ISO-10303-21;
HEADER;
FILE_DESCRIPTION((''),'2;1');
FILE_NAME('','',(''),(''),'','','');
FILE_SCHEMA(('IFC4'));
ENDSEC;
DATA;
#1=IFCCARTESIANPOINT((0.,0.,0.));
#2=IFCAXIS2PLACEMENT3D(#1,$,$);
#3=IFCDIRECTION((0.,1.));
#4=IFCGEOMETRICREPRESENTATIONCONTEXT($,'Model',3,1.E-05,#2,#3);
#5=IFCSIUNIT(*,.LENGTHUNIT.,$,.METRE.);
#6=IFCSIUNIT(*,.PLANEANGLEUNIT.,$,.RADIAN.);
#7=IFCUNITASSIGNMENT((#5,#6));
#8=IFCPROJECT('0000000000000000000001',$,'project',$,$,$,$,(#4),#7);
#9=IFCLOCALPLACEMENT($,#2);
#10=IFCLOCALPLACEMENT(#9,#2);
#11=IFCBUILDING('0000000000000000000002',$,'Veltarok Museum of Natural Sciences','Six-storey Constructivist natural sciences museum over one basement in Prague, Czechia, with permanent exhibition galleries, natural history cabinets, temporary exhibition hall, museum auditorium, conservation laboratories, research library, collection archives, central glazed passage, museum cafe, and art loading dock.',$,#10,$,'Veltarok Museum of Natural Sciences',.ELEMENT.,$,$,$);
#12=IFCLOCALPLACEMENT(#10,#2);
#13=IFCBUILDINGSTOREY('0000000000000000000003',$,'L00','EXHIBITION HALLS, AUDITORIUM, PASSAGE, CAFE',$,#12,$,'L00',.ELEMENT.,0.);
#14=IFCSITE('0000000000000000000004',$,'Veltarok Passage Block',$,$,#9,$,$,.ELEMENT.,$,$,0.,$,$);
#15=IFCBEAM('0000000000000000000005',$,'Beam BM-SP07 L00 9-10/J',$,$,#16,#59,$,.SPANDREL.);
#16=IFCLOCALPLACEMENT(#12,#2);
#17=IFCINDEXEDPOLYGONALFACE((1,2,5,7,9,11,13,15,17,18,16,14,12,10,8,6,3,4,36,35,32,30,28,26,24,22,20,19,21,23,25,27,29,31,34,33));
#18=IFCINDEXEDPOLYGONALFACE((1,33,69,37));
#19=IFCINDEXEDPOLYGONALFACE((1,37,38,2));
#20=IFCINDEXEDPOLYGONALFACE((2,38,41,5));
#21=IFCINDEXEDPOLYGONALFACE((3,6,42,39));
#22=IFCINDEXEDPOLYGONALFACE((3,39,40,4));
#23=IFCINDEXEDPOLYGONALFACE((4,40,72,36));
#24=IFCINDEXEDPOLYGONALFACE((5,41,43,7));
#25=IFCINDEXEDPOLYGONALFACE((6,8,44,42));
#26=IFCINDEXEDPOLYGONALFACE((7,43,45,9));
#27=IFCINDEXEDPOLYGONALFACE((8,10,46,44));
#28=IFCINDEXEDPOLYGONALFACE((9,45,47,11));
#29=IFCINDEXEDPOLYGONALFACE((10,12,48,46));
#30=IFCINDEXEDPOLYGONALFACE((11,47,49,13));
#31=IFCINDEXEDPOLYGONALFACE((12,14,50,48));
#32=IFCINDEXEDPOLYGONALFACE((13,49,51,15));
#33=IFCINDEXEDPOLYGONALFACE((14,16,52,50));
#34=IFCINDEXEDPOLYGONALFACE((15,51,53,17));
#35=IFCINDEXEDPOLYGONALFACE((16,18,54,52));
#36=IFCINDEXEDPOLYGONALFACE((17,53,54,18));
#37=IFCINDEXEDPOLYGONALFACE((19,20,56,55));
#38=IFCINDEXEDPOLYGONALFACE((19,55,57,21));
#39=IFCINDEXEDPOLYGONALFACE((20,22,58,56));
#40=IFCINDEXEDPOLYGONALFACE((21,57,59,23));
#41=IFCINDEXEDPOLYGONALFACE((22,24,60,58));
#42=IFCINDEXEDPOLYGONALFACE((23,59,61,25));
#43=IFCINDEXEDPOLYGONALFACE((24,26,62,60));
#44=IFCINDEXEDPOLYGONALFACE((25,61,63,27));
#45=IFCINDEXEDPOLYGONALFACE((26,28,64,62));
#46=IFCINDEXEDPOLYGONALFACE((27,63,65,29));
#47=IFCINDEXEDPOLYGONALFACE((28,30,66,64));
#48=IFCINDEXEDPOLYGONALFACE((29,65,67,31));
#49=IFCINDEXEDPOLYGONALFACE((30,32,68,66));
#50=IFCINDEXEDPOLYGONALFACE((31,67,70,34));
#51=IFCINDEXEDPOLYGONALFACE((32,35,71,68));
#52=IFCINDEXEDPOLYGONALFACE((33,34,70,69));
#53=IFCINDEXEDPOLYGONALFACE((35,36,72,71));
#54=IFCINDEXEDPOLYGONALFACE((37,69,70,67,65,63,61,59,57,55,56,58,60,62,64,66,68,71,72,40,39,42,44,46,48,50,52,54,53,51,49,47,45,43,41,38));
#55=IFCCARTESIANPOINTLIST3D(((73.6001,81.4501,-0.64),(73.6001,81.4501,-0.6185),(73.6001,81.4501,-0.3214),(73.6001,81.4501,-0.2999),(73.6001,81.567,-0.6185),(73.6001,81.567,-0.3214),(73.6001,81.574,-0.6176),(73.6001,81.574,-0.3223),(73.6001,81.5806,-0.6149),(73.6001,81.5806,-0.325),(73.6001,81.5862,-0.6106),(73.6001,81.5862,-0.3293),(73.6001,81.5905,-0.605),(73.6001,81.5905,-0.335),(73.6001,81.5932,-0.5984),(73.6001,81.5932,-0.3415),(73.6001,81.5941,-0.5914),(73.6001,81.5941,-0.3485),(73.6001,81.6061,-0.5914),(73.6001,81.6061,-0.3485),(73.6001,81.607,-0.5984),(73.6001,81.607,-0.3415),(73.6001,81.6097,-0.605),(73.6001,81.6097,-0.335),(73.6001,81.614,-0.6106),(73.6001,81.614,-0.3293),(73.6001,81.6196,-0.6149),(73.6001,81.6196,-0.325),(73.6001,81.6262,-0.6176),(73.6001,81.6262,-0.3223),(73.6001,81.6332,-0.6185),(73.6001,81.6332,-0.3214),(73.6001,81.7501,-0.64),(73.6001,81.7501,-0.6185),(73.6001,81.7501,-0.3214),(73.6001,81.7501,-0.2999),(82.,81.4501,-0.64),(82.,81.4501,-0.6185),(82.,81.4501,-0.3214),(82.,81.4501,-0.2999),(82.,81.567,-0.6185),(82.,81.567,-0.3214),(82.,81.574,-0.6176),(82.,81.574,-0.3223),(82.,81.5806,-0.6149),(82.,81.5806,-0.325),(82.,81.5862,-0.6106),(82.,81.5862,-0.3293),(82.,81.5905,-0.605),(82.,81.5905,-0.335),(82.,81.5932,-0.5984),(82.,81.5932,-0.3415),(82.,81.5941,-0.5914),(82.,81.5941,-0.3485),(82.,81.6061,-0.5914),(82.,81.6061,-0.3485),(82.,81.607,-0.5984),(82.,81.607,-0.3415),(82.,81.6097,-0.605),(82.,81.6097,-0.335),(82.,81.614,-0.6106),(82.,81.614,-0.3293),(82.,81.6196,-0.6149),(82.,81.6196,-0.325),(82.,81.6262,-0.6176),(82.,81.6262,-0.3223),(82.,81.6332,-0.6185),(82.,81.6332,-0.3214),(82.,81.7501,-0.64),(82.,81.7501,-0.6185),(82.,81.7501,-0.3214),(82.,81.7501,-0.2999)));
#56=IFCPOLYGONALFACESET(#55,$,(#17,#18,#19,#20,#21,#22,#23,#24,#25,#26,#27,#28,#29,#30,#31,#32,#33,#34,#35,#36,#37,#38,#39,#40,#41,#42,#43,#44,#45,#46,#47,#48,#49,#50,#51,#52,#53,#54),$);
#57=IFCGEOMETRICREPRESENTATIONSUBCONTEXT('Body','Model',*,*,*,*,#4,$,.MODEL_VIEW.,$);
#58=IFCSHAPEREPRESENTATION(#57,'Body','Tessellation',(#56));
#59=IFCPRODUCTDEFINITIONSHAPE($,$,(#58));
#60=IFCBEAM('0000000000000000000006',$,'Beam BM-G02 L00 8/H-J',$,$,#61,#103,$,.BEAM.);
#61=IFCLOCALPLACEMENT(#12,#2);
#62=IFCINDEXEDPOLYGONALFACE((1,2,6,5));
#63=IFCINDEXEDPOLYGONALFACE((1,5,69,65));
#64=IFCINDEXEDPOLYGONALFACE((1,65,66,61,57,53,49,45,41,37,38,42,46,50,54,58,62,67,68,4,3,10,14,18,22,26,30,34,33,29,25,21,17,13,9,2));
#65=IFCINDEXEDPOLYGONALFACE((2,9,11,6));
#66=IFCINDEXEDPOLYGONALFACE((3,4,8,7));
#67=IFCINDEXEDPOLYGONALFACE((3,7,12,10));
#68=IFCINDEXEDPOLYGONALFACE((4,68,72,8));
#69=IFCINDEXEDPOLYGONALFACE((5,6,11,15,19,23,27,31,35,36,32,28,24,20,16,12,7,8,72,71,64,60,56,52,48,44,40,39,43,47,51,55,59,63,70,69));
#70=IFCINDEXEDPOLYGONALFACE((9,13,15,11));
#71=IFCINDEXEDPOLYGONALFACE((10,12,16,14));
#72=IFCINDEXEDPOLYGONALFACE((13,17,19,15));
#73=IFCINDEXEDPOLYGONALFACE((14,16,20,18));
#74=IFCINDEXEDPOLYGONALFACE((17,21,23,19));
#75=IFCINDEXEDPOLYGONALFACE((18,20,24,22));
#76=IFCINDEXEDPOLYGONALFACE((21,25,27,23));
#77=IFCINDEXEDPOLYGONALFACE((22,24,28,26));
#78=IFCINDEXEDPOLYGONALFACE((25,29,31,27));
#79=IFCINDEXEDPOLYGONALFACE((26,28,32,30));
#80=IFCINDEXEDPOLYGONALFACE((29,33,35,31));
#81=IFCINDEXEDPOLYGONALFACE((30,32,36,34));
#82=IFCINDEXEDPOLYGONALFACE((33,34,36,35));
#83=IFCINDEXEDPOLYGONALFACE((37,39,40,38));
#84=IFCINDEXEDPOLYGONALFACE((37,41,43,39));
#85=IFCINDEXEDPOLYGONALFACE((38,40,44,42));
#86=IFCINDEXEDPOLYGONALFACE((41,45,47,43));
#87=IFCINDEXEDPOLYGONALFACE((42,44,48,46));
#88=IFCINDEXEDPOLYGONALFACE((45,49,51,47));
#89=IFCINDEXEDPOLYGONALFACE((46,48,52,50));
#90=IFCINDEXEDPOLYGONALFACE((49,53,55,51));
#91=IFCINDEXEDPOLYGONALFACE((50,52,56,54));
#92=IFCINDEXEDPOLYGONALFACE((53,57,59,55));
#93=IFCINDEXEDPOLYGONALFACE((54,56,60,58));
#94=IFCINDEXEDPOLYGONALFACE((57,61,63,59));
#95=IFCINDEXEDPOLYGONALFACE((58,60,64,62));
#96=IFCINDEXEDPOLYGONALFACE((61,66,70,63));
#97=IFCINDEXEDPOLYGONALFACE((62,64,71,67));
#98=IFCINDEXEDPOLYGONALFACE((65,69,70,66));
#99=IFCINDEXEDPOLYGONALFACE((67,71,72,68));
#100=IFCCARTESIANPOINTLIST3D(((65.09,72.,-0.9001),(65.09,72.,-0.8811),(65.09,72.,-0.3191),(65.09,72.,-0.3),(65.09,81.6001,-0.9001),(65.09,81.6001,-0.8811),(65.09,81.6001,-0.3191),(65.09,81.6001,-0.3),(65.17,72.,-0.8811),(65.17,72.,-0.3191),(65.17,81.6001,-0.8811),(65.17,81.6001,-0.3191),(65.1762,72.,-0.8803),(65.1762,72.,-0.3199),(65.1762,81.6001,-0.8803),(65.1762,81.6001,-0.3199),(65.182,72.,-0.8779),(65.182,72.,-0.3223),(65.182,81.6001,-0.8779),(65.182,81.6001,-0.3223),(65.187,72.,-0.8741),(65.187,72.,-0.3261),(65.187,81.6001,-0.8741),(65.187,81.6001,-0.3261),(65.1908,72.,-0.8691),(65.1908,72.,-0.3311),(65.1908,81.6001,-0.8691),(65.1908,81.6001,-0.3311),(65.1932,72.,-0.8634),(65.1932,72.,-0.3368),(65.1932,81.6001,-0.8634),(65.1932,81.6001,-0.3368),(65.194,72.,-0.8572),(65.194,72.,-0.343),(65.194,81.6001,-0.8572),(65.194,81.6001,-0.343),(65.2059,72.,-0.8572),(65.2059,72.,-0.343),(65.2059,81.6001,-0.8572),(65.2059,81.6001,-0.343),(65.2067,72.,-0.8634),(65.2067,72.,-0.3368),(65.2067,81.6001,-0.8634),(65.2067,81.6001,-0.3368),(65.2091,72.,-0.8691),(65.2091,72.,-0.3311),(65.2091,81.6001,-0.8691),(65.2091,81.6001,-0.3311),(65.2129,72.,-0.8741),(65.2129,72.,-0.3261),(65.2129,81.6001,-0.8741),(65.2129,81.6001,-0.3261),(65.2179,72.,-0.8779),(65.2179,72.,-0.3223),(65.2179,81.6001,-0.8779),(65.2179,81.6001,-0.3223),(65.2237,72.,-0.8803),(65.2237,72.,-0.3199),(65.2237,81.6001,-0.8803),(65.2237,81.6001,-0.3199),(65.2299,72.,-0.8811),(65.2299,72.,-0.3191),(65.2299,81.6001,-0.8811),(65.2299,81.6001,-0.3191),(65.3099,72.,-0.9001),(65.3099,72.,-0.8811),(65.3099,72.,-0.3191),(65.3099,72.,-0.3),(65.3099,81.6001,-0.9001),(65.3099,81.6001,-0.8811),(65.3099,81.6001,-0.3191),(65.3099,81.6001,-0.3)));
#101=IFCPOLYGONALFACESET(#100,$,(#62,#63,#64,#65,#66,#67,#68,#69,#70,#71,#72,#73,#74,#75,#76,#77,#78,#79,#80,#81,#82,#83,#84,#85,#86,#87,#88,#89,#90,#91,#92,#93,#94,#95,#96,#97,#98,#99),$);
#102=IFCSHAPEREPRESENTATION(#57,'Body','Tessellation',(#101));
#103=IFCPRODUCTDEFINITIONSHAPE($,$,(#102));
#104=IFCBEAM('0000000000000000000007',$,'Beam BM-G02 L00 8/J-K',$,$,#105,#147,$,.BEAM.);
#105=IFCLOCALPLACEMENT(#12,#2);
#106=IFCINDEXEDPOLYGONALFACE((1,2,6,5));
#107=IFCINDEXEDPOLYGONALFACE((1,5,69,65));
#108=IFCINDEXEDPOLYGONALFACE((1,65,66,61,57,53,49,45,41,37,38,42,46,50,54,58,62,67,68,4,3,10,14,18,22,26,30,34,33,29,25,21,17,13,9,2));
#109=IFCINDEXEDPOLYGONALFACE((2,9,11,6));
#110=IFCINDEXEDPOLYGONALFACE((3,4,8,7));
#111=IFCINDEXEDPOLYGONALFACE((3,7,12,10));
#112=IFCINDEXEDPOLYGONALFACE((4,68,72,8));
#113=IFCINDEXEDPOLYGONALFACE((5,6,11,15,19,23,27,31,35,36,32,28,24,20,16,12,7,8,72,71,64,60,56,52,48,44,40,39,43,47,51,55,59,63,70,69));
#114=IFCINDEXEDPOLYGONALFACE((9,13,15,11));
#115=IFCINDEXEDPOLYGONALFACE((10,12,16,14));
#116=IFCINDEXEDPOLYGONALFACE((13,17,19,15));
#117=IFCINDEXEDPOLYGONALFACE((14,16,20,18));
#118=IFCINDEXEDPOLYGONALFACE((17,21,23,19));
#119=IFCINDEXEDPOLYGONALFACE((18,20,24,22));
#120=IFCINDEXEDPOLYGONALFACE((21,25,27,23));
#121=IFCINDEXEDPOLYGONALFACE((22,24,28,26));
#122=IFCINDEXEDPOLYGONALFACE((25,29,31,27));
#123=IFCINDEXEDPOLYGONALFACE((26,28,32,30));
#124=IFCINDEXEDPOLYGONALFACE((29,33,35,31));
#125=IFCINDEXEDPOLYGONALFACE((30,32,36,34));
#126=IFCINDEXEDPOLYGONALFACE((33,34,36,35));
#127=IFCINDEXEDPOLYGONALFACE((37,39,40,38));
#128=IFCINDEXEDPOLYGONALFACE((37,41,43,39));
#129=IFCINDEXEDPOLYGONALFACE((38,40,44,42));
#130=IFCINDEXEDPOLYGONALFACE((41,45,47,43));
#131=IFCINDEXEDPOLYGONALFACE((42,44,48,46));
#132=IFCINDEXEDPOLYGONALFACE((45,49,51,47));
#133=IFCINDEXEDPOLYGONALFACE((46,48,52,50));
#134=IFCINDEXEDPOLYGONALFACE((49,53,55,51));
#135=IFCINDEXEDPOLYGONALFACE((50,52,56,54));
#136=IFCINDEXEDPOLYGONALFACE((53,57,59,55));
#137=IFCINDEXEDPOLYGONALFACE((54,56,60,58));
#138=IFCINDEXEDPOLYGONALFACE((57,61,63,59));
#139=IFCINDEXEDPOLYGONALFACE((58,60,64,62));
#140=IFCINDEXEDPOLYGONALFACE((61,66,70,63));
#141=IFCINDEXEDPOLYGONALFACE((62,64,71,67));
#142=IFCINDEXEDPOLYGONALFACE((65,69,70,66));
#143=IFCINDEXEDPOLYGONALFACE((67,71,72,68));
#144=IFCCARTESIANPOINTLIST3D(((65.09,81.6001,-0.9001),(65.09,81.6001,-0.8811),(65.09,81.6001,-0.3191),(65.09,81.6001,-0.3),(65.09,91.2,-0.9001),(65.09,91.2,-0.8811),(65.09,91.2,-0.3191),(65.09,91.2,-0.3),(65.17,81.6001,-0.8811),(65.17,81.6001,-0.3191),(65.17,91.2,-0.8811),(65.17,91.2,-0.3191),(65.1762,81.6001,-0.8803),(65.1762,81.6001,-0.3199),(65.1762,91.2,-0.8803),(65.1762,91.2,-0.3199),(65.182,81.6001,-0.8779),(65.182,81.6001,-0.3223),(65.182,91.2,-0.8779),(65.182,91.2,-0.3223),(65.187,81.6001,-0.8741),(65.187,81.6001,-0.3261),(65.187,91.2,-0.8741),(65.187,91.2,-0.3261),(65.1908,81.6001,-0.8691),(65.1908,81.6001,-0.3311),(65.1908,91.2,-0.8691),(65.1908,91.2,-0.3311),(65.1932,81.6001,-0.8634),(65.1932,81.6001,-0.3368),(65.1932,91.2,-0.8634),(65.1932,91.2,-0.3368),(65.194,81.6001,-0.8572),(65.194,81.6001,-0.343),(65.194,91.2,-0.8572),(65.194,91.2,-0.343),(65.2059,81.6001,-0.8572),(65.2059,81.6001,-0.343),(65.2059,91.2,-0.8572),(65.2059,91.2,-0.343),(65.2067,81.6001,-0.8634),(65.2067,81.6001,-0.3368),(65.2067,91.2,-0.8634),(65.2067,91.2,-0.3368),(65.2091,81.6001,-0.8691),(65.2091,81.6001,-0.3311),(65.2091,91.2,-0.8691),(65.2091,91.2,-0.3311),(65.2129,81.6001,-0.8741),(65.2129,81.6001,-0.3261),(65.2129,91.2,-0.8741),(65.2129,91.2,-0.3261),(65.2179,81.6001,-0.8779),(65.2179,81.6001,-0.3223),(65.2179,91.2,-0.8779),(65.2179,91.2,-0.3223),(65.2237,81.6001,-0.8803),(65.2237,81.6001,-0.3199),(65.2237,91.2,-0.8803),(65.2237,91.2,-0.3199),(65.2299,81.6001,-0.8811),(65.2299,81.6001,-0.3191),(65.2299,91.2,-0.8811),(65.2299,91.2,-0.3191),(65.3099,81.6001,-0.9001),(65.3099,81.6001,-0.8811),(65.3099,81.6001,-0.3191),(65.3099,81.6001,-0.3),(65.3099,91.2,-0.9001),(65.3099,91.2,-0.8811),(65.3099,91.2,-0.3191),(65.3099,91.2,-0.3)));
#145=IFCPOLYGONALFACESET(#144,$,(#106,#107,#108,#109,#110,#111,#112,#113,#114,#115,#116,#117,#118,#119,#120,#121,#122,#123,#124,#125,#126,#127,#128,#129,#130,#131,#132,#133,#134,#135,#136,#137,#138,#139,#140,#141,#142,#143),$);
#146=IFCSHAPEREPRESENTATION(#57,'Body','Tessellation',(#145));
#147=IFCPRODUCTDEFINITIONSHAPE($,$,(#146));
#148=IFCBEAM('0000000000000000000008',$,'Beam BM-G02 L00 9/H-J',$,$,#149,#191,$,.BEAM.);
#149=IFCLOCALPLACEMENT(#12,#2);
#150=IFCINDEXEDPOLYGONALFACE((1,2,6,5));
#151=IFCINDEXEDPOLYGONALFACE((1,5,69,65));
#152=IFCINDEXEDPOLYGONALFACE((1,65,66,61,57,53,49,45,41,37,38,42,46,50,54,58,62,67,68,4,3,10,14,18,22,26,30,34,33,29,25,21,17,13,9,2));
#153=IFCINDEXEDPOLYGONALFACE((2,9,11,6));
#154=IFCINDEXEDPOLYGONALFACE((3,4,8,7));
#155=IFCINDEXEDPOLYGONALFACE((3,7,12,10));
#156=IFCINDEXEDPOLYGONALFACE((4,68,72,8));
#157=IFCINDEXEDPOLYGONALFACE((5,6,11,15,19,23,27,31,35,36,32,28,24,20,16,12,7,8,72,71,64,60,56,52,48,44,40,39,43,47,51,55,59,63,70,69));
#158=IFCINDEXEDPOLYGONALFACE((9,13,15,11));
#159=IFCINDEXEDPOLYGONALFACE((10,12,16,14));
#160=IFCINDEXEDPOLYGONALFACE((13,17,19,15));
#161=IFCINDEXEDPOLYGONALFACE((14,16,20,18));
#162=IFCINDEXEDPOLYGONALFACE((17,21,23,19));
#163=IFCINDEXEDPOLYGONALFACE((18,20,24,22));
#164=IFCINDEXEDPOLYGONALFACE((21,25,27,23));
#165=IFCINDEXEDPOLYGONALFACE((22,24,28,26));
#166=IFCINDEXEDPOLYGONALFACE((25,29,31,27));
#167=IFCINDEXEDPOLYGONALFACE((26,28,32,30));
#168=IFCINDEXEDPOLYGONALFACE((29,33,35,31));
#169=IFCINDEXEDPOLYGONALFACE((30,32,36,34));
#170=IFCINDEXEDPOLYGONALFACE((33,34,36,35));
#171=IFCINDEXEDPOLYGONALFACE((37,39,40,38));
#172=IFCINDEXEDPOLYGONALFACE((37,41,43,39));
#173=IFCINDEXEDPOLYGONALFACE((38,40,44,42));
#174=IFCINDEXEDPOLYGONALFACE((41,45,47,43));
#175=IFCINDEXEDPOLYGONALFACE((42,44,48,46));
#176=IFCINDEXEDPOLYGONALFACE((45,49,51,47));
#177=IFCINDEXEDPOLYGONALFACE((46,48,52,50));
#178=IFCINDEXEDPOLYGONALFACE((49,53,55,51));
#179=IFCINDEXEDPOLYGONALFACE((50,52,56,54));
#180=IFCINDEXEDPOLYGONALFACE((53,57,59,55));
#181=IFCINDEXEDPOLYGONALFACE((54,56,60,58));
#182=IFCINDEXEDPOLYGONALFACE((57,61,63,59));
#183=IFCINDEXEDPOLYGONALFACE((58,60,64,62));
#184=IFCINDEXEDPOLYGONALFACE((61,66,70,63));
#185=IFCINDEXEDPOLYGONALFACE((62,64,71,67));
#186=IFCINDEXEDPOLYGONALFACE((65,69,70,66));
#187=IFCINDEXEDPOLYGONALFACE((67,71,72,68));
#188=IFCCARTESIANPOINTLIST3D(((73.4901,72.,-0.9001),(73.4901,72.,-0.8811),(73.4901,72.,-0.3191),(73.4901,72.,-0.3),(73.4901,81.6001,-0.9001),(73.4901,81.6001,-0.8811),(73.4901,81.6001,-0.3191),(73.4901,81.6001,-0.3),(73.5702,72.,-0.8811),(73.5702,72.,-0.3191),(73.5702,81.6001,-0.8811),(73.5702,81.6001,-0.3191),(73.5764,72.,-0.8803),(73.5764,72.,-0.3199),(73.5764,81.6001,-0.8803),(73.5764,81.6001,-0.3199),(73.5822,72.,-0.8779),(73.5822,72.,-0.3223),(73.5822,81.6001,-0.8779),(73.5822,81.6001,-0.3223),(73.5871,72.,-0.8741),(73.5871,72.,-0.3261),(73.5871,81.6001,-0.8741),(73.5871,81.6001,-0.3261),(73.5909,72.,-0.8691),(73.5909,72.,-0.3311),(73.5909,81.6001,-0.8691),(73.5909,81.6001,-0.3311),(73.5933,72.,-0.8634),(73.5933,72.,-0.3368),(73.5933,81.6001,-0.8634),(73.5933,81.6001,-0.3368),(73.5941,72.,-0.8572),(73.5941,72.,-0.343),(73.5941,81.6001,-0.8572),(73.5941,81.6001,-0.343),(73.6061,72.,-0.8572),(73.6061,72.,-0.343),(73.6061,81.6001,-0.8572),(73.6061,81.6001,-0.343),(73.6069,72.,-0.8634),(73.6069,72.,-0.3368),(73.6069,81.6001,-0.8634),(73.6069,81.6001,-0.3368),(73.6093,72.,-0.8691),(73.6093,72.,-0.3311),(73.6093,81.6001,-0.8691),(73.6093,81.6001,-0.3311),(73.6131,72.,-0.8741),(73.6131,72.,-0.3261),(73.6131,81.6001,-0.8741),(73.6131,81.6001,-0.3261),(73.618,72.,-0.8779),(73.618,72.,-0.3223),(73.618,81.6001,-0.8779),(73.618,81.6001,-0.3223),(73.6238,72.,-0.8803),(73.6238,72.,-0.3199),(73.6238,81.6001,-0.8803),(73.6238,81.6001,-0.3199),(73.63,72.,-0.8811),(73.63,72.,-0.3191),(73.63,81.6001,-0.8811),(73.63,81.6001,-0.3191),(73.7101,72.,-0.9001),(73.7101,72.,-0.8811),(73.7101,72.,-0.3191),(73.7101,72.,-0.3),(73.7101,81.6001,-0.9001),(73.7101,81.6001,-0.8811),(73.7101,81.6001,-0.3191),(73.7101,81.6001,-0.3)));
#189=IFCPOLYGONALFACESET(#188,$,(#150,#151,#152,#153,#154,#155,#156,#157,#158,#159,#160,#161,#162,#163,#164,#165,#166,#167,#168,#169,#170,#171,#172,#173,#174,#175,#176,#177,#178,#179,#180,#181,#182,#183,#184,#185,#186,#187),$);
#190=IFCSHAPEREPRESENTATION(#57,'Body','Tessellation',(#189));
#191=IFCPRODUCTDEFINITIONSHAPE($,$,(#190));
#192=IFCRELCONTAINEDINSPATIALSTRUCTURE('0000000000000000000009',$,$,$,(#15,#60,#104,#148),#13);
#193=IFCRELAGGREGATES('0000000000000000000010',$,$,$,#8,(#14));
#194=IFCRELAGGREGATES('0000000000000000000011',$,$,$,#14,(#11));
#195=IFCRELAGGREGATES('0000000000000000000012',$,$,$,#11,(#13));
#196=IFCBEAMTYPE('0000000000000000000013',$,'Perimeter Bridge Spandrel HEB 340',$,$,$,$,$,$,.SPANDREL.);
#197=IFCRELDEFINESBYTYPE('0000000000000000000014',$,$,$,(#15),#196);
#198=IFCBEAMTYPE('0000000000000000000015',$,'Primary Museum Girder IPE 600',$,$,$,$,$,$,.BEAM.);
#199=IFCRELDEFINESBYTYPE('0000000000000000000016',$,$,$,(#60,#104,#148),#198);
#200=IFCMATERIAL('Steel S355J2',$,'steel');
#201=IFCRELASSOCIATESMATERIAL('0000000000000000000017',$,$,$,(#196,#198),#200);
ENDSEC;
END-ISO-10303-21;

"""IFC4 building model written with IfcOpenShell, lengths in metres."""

from ifc_helpers import new_model, si_unit, direction, frame, origin, origin_2d, place, context, subcontext, project, spatial, i_section, extrude, material, material_profile, profile_set, type_object, element, save


model = new_model("IFC4")

# Units and contexts
model_context = context("Model", 3, precision=1e-05, world=origin(), true_north=direction((0.0, 1.0)))
body_context = subcontext(model_context, "Body", "Model", "MODEL_VIEW")
ifc_project = project(units=[si_unit("LENGTHUNIT", "METRE"), si_unit("PLANEANGLEUNIT", "RADIAN")], contexts=[model_context])

# Site, building, storey
site_placement = place(None, origin())
site = spatial("IfcSite", under=ifc_project, at=site_placement, Name="Veltarok Passage Block", CompositionType="ELEMENT", RefElevation=0.0)
building_placement = place(site_placement, origin())
building = spatial("IfcBuilding", under=site, at=building_placement, Name="Veltarok Museum of Natural Sciences", Description="Six-storey Constructivist natural sciences museum over one basement in Prague, Czechia, with permanent exhibition galleries, natural history cabinets, temporary exhibition hall, museum auditorium, conservation laboratories, research library, collection archives, central glazed passage, museum cafe, and art loading dock.", LongName="Veltarok Museum of Natural Sciences", CompositionType="ELEMENT")
storey_placement = place(building_placement, origin())
storey = spatial("IfcBuildingStorey", under=building, at=storey_placement, Name="L00", Description="EXHIBITION HALLS, AUDITORIUM, PASSAGE, CAFE", LongName="L00", CompositionType="ELEMENT", Elevation=0.0)

# Shared definitions
ifc_material_1 = material(Name="Steel S355J2", Category="steel")

# Beams
ifc_material_profile_1 = material_profile(ifc_material_1, i_section(OverallWidth=0.3, OverallDepth=0.3401, WebThickness=0.012, FlangeThickness=0.0215, FilletRadius=0.0271, at=origin_2d()), Name="HEB 340")
ifc_profile_set_1 = profile_set([ifc_material_profile_1], Name="Steel S355J2")
beam_type_1 = type_object("IfcBeamType", Name="Perimeter Bridge Spandrel HEB 340", PredefinedType="SPANDREL", material=ifc_profile_set_1)
for number, where, z_axis, x_axis, name in (
    (1, (73.6001, 81.6001, -0.47), (1.0, 0.0, 0.0), (0.0, 1.0, 0.0), "Beam BM-SP07 L00 9-10/J"),
):
    element("IfcBeam", number, at=place(storey_placement, frame(where, z_axis=z_axis, x_axis=x_axis)), inside=storey, type_object=beam_type_1, Name=name, PredefinedType="SPANDREL", context=body_context, shape_type="SweptSolid", body=[
        extrude(i_section(OverallWidth=0.3, OverallDepth=0.3401, WebThickness=0.012, FlangeThickness=0.0215, FilletRadius=0.0271, at=origin_2d()), origin(), (0.0, 0.0, 1.0), 8.3999),
    ])
ifc_material_profile_2 = material_profile(ifc_material_1, i_section(OverallWidth=0.22, OverallDepth=0.6001, WebThickness=0.012, FlangeThickness=0.019, FilletRadius=0.0239, at=origin_2d()), Name="IPE 600")
ifc_profile_set_2 = profile_set([ifc_material_profile_2], Name="Steel S355J2")
beam_type_2 = type_object("IfcBeamType", Name="Primary Museum Girder IPE 600", PredefinedType="BEAM", material=ifc_profile_set_2)
beam_1_placement = place(storey_placement, frame((65.2, 72.0, -0.6001), z_axis=(0.0, 1.0, 0.0), x_axis=(-1.0, 0.0, 0.0)))
element("IfcBeam", 2, at=beam_1_placement, inside=storey, type_object=beam_type_2, Name="Beam BM-G02 L00 8/H-J", PredefinedType="BEAM", context=body_context, shape_type="SweptSolid", body=[
    extrude(i_section(OverallWidth=0.22, OverallDepth=0.6001, WebThickness=0.012, FlangeThickness=0.019, FilletRadius=0.0239, at=origin_2d()), origin(), (0.0, 0.0, 1.0), 9.6001),
])
beam_2_placement = place(storey_placement, frame((65.2, 81.6001, -0.6001), z_axis=(0.0, 1.0, 0.0), x_axis=(-1.0, 0.0, 0.0)))
element("IfcBeam", 3, at=beam_2_placement, inside=storey, type_object=beam_type_2, Name="Beam BM-G02 L00 8/J-K", PredefinedType="BEAM", context=body_context, shape_type="SweptSolid", body=[
    extrude(i_section(OverallWidth=0.22, OverallDepth=0.6001, WebThickness=0.012, FlangeThickness=0.019, FilletRadius=0.0239, at=origin_2d()), origin(), (0.0, 0.0, 1.0), 9.5999),
])
beam_3_placement = place(storey_placement, frame((73.6001, 72.0, -0.6001), z_axis=(0.0, 1.0, 0.0), x_axis=(-1.0, 0.0, 0.0)))
element("IfcBeam", 4, at=beam_3_placement, inside=storey, type_object=beam_type_2, Name="Beam BM-G02 L00 9/H-J", PredefinedType="BEAM", context=body_context, shape_type="SweptSolid", body=[
    extrude(i_section(OverallWidth=0.22, OverallDepth=0.6001, WebThickness=0.012, FlangeThickness=0.019, FilletRadius=0.0239, at=origin_2d()), origin(), (0.0, 0.0, 1.0), 9.6001),
])

save(model, "model.ifc")
